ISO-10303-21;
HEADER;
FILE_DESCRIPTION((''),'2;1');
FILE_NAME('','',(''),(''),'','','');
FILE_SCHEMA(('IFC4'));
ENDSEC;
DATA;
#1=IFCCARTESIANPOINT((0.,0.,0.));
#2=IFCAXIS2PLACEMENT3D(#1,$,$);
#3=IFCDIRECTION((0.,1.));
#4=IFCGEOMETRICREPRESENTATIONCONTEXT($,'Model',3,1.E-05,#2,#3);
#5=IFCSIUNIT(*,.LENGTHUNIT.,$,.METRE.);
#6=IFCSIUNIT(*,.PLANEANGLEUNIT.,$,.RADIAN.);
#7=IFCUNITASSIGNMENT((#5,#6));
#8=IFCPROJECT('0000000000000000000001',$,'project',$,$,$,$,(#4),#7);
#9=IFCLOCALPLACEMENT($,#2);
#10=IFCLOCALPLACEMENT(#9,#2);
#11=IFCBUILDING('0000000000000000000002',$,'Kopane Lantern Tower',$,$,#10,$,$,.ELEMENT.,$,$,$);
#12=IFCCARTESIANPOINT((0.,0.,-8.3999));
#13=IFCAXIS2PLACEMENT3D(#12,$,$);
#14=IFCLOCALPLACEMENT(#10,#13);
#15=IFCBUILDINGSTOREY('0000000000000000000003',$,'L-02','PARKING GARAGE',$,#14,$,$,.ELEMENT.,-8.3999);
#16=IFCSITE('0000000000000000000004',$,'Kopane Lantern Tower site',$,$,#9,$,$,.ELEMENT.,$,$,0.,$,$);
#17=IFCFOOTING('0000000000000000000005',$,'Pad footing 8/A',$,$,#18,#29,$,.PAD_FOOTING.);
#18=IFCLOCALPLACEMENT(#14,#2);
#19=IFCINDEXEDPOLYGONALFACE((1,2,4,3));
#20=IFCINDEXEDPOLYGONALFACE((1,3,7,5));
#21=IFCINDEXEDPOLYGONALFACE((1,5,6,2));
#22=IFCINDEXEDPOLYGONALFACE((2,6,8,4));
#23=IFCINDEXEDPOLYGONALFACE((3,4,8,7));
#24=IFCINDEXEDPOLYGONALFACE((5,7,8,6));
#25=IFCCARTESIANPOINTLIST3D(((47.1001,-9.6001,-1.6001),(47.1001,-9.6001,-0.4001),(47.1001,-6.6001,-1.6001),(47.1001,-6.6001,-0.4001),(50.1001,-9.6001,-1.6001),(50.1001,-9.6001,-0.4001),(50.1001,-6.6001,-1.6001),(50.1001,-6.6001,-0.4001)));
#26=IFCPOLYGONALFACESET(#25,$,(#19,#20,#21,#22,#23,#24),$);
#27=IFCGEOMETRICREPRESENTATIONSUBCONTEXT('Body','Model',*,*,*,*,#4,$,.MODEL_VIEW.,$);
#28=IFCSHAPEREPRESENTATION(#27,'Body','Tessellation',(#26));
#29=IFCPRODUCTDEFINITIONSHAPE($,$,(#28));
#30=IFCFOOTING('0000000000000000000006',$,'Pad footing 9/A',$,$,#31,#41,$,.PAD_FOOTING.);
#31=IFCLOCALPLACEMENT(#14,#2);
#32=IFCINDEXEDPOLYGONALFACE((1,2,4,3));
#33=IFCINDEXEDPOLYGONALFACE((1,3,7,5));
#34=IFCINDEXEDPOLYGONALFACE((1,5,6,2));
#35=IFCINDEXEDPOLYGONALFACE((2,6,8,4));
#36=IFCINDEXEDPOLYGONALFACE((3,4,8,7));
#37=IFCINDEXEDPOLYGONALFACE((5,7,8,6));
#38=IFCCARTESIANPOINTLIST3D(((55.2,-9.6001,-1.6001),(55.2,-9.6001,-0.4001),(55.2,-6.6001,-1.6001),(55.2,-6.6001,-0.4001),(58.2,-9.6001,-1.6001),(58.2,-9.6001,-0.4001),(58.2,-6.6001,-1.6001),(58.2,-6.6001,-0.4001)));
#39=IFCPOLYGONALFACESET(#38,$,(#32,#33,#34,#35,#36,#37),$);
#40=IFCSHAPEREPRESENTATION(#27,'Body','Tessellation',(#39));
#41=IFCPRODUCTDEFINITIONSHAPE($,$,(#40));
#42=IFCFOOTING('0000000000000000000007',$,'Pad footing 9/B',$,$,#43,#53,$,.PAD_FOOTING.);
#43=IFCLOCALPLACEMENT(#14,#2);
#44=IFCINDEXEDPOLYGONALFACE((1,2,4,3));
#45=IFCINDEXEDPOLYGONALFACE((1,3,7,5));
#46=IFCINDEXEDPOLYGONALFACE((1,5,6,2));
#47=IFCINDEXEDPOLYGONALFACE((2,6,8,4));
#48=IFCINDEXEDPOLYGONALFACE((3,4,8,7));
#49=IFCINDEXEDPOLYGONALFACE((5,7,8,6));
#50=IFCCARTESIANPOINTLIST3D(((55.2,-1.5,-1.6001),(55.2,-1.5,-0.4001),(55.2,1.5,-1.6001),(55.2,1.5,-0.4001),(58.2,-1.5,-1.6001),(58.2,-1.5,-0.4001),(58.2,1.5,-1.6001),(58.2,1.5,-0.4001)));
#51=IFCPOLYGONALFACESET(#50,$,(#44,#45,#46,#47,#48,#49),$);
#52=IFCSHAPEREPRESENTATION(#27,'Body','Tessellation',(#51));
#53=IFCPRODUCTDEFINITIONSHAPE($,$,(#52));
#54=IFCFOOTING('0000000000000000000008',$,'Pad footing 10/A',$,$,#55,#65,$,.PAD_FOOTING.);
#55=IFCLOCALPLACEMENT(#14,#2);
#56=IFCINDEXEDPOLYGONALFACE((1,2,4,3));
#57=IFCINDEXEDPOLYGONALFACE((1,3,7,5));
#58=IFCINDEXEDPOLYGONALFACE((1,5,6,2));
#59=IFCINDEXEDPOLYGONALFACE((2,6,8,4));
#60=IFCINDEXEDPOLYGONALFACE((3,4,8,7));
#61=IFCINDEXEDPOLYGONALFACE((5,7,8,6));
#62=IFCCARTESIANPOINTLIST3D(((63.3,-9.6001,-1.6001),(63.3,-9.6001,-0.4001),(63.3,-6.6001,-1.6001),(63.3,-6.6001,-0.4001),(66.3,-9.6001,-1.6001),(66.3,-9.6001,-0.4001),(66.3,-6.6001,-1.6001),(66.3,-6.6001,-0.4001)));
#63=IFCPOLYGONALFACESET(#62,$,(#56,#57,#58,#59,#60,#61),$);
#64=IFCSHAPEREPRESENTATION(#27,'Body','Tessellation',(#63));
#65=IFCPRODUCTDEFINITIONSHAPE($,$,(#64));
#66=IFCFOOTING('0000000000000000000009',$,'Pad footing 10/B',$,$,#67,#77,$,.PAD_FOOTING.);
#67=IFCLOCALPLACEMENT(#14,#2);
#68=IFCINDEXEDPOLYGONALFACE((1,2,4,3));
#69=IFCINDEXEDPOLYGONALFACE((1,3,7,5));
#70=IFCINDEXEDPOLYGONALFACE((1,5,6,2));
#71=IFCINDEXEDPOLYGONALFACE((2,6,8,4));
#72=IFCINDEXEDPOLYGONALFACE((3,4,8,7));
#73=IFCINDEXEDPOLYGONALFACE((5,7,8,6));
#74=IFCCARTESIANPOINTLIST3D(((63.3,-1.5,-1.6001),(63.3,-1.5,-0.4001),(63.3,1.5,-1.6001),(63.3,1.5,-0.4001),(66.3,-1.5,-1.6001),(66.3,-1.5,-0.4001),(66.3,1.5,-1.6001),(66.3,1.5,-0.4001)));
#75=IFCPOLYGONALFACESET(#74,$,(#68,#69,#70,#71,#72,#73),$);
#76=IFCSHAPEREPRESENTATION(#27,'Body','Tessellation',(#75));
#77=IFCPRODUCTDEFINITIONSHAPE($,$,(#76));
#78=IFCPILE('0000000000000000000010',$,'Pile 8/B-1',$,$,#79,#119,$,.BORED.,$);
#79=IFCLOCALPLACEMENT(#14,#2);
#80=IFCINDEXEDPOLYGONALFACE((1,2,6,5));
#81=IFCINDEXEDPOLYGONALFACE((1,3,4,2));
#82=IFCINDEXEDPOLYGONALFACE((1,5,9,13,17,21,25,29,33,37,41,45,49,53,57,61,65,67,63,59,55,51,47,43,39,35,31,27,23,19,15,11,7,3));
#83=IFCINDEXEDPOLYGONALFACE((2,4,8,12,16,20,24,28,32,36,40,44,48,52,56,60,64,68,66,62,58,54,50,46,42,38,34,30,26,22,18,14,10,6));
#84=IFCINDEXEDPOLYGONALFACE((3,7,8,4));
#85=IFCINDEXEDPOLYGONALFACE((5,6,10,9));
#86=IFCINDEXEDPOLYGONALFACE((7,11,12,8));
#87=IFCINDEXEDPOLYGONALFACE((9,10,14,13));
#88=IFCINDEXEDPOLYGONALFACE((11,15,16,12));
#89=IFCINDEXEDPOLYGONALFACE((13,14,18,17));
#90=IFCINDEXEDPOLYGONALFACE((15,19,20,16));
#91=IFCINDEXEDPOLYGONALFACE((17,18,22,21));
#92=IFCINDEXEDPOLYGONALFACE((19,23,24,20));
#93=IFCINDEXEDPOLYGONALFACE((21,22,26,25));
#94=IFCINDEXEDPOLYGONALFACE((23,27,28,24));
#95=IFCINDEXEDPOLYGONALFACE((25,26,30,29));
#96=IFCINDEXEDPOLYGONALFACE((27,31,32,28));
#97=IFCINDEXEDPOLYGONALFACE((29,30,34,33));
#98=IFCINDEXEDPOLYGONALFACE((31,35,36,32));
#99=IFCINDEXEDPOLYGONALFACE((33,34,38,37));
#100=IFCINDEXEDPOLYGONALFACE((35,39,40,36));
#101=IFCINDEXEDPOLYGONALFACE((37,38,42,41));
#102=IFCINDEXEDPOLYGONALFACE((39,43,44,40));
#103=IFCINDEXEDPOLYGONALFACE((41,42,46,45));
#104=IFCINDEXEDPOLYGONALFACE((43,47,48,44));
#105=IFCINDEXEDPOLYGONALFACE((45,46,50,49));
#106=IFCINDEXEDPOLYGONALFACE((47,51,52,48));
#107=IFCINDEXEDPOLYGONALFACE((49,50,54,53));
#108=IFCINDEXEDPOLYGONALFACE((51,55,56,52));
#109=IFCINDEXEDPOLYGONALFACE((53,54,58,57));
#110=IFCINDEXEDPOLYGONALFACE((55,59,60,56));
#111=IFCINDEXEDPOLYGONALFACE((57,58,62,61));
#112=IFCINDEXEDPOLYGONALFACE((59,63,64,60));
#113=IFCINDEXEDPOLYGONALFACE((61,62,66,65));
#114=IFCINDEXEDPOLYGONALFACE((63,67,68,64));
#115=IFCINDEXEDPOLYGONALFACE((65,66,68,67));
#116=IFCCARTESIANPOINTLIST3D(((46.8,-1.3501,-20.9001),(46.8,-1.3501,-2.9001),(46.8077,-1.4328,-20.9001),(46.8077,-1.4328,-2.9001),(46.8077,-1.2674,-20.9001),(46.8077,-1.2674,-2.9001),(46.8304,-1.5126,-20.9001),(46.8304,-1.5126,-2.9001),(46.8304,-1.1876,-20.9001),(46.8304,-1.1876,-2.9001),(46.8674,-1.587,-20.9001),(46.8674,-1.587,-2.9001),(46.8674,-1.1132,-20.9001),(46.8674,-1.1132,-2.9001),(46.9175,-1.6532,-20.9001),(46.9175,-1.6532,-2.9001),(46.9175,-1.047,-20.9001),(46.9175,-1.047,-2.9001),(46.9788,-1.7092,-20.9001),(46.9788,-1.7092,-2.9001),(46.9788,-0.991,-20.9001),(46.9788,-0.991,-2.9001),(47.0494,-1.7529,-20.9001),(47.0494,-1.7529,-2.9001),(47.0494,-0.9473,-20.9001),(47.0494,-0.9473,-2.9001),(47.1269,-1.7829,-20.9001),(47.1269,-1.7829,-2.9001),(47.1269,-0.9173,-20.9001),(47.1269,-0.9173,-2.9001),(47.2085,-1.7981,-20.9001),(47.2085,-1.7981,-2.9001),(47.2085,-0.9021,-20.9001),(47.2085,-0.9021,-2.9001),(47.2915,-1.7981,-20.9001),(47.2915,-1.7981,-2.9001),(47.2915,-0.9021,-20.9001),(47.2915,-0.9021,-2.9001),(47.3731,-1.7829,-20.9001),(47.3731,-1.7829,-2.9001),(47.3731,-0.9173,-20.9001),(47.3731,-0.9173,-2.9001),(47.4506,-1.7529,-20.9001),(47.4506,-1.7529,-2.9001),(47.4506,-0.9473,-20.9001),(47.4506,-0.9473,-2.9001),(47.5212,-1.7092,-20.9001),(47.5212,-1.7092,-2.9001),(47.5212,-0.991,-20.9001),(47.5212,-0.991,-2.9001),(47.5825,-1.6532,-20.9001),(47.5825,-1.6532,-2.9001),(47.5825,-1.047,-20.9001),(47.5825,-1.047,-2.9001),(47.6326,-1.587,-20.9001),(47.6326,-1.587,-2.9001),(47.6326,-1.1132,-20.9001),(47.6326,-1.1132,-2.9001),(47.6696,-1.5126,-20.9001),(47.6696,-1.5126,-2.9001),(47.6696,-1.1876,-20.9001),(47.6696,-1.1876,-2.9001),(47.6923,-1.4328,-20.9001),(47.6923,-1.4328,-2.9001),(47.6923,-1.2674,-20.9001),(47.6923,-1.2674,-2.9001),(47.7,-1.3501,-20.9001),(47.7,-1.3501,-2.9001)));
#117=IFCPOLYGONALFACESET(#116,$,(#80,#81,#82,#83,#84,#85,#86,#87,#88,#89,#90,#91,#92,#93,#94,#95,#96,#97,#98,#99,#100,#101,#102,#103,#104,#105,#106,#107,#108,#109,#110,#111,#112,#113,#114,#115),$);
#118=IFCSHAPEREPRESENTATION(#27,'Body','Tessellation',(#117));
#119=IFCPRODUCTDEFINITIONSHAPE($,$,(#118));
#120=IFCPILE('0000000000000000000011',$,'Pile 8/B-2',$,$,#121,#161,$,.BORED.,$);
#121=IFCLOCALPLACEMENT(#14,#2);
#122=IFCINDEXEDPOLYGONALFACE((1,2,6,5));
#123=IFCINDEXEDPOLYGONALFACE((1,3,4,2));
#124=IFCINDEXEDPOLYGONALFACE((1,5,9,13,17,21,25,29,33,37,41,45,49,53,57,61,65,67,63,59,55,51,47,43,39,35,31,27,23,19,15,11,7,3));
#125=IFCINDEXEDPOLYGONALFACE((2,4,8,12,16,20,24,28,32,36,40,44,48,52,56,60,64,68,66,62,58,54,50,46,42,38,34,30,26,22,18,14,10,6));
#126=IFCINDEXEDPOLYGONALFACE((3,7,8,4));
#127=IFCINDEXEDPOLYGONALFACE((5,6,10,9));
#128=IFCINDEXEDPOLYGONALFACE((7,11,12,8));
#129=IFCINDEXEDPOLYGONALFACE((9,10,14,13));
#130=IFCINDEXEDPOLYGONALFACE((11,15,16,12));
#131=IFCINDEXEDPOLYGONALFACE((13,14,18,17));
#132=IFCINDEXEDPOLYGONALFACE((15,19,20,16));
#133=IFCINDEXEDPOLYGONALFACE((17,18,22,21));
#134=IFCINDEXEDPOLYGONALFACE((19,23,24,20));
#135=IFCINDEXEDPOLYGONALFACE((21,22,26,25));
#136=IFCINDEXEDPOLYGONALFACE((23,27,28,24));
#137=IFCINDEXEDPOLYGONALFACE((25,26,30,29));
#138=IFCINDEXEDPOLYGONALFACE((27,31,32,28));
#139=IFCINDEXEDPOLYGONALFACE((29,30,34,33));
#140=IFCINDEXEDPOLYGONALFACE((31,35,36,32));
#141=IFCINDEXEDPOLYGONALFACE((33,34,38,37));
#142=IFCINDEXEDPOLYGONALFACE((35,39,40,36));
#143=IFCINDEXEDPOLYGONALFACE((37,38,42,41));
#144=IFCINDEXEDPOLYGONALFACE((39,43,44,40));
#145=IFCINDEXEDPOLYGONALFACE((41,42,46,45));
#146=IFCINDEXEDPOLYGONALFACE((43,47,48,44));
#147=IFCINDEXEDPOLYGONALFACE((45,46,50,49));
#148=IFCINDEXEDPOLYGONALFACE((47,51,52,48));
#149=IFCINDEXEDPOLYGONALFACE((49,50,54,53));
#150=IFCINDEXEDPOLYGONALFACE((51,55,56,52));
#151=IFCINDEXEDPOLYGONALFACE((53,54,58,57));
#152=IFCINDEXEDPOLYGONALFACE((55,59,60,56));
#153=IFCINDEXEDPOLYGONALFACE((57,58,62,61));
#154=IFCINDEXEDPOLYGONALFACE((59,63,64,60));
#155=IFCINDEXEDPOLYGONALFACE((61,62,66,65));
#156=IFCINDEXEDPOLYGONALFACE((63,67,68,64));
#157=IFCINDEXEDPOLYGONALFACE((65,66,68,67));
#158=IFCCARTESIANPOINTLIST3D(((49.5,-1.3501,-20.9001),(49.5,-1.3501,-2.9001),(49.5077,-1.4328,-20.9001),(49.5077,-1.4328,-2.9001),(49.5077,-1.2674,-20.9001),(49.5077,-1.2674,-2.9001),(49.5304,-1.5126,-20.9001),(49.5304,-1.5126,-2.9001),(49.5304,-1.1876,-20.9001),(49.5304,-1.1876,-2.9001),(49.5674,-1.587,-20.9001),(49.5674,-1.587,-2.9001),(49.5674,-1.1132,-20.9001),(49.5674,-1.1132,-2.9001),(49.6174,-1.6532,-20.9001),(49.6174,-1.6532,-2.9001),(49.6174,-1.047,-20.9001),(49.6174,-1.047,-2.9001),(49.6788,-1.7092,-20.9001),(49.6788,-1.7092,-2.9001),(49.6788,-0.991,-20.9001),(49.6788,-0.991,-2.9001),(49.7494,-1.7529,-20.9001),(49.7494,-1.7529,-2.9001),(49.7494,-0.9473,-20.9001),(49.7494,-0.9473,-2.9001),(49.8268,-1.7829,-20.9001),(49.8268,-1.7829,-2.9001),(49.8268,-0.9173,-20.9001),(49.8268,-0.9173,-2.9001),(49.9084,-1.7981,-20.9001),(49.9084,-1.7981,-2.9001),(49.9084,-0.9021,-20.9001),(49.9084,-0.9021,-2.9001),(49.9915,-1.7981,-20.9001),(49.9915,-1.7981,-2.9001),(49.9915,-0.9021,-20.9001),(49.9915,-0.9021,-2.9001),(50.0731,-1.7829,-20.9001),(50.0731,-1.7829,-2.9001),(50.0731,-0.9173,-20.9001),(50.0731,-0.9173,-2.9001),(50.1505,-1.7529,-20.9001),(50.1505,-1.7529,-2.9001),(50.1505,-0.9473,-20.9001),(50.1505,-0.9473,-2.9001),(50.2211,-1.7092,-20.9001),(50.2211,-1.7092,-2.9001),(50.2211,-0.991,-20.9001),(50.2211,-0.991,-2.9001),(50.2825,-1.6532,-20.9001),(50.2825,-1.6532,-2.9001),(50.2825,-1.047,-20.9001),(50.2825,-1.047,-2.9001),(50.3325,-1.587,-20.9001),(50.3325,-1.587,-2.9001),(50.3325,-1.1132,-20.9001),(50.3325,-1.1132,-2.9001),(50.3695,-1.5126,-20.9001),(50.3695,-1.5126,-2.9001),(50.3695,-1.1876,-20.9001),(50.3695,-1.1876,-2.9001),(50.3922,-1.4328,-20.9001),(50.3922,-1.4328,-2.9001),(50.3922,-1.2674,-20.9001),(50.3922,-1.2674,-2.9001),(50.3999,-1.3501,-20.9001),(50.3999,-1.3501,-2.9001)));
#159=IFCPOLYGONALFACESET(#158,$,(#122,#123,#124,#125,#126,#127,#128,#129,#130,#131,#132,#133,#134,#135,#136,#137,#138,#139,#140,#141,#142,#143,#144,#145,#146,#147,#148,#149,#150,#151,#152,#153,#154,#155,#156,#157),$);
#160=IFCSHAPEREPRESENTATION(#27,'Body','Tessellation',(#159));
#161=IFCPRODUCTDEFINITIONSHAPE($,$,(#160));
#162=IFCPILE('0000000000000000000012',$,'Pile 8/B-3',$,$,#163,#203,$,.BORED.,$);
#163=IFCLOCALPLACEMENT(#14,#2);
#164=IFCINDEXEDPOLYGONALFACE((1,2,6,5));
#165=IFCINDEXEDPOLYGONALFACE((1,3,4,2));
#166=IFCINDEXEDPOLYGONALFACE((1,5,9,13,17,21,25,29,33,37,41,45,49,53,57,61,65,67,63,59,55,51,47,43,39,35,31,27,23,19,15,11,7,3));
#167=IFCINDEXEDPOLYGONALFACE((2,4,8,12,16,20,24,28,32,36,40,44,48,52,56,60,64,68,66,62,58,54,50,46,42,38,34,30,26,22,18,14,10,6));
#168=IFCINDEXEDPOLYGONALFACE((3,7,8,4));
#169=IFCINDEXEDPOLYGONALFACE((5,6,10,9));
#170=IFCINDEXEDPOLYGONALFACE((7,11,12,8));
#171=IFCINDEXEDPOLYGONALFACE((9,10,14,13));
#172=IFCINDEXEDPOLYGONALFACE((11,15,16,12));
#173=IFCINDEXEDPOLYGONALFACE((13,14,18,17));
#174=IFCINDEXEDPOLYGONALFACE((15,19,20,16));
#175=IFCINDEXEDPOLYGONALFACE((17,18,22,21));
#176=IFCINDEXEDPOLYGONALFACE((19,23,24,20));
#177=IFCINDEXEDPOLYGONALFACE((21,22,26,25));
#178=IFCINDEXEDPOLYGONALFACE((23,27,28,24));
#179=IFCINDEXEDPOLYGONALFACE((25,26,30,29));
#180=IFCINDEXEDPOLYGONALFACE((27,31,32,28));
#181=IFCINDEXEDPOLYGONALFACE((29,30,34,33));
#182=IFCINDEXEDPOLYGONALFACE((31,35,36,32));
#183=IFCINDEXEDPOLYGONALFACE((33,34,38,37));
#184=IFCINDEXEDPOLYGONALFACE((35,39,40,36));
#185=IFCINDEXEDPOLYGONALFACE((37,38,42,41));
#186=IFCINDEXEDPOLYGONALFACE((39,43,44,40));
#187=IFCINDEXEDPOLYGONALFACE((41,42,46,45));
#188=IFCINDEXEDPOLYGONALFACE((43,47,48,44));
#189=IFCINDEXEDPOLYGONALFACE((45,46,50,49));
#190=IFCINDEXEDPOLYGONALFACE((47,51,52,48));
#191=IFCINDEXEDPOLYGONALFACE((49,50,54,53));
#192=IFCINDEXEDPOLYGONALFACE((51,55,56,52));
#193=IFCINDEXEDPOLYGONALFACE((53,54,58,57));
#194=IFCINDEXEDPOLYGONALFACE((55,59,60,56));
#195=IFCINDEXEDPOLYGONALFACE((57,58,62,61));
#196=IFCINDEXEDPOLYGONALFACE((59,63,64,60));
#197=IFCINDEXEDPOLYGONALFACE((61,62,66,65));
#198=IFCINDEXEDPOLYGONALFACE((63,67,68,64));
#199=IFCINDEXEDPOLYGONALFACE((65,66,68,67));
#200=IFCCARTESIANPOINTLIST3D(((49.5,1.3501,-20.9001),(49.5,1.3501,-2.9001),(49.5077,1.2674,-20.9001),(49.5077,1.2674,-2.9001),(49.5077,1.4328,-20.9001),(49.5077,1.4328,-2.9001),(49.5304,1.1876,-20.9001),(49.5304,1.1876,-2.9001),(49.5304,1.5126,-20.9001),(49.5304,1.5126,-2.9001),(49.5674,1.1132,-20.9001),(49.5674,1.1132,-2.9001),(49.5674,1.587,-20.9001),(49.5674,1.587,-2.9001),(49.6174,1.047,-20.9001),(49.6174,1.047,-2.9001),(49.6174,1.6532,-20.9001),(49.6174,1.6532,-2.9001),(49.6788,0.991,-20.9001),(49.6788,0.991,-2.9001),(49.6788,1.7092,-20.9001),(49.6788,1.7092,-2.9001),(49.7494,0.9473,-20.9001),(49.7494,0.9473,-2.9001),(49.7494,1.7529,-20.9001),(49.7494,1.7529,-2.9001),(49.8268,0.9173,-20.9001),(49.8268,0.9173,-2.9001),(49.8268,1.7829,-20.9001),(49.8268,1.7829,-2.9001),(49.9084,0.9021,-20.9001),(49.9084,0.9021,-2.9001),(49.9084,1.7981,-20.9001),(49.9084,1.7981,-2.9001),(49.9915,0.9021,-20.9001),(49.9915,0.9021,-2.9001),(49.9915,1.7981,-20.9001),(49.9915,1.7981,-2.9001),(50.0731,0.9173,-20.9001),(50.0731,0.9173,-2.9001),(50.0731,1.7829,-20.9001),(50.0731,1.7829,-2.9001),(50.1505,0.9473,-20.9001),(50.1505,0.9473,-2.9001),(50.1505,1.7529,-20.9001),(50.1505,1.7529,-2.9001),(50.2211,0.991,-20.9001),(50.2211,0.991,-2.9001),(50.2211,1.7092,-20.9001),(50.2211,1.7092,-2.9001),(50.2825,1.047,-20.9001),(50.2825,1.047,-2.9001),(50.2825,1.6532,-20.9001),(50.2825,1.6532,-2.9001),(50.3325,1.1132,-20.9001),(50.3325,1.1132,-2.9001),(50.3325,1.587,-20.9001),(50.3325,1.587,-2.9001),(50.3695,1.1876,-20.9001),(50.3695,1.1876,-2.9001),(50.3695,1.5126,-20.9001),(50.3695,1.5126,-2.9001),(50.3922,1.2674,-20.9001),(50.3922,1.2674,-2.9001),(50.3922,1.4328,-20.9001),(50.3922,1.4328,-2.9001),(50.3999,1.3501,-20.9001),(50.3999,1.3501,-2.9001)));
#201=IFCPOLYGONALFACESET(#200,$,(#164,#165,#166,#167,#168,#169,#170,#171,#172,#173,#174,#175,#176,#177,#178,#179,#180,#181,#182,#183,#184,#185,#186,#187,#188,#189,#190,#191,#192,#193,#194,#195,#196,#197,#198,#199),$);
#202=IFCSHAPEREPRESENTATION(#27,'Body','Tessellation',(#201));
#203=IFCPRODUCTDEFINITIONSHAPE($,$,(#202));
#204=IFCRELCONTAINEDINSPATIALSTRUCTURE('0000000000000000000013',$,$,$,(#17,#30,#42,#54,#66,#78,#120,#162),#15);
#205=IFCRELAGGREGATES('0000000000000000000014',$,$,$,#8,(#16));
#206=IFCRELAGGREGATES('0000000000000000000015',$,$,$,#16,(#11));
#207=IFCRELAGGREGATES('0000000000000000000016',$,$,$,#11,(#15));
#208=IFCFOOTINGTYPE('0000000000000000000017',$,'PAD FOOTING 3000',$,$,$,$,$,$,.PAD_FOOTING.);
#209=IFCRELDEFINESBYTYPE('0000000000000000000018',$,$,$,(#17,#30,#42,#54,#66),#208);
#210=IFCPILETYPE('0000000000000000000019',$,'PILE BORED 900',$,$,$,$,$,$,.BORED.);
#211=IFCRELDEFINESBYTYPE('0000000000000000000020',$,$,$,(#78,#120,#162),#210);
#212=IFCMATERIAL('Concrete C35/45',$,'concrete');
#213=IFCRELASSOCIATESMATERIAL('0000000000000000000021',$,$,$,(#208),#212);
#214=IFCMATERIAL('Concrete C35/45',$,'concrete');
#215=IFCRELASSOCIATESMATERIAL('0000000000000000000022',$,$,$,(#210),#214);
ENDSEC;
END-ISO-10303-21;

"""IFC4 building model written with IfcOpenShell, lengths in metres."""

from ifc_helpers import new_model, si_unit, direction, frame, origin, origin_2d, place, context, subcontext, project, spatial, rectangle, circle, extrude, material, material_profile, profile_set, type_object, element, save


model = new_model("IFC4")

# Units and contexts
model_context = context("Model", 3, precision=1e-05, world=origin(), true_north=direction((0.0, 1.0)))
body_context = subcontext(model_context, "Body", "Model", "MODEL_VIEW")
ifc_project = project(units=[si_unit("LENGTHUNIT", "METRE"), si_unit("PLANEANGLEUNIT", "RADIAN")], contexts=[model_context])

# Site, building, storey
site_placement = place(None, origin())
site = spatial("IfcSite", under=ifc_project, at=site_placement, Name="Kopane Lantern Tower site", CompositionType="ELEMENT", RefElevation=0.0)
building_placement = place(site_placement, origin())
building = spatial("IfcBuilding", under=site, at=building_placement, Name="Kopane Lantern Tower", CompositionType="ELEMENT")
storey_placement = place(building_placement, frame((0.0, 0.0, -8.3999)))
storey = spatial("IfcBuildingStorey", under=building, at=storey_placement, Name="L-02", Description="PARKING GARAGE", CompositionType="ELEMENT", Elevation=-8.3999)

# Footings
ifc_material_1 = material(Name="Concrete C35/45", Category="concrete")
footing_type_1 = type_object("IfcFootingType", Name="PAD FOOTING 3000", PredefinedType="PAD_FOOTING", material=ifc_material_1)
for number, where, z_axis, x_axis, name in (
    (1, (48.6001, -8.1001, -1.6001), (0.0, 0.0, 1.0), (1.0, 0.0, 0.0), "Pad footing 8/A"),
    (2, (56.7, -8.1001, -1.6001), (0.0, 0.0, 1.0), (1.0, 0.0, 0.0), "Pad footing 9/A"),
    (3, (56.7, 0.0, -1.6001), (0.0, 0.0, 1.0), (1.0, 0.0, 0.0), "Pad footing 9/B"),
    (4, (64.8, -8.1001, -1.6001), (0.0, 0.0, 1.0), (1.0, 0.0, 0.0), "Pad footing 10/A"),
    (5, (64.8, 0.0, -1.6001), (0.0, 0.0, 1.0), (1.0, 0.0, 0.0), "Pad footing 10/B"),
):
    element("IfcFooting", number, at=place(storey_placement, frame(where, z_axis=z_axis, x_axis=x_axis)), inside=storey, type_object=footing_type_1, Name=name, PredefinedType="PAD_FOOTING", context=body_context, shape_type="SweptSolid", body=[
        extrude(rectangle(XDim=3.0, YDim=3.0, at=origin_2d()), origin(), (0.0, 0.0, 1.0), 1.2),
    ])

# Piles
ifc_material_2 = material(Name="Concrete C35/45", Category="concrete")
ifc_material_profile_1 = material_profile(ifc_material_2, circle(Radius=0.45, at=origin_2d()), Name="D900")
ifc_profile_set_1 = profile_set([ifc_material_profile_1], Name="Concrete C35/45")
pile_type = type_object("IfcPileType", Name="PILE BORED 900", PredefinedType="BORED", material=ifc_profile_set_1)
for number, where, z_axis, x_axis, name in (
    (6, (47.25, -1.3501, -2.9001), (0.0, 0.0, -1.0), (1.0, 0.0, 0.0), "Pile 8/B-1"),
    (7, (49.95, -1.3501, -2.9001), (0.0, 0.0, -1.0), (1.0, 0.0, 0.0), "Pile 8/B-2"),
    (8, (49.95, 1.3501, -2.9001), (0.0, 0.0, -1.0), (1.0, 0.0, 0.0), "Pile 8/B-3"),
):
    element("IfcPile", number, at=place(storey_placement, frame(where, z_axis=z_axis, x_axis=x_axis)), inside=storey, type_object=pile_type, Name=name, PredefinedType="BORED", context=body_context, shape_type="SweptSolid", body=[
        extrude(circle(Radius=0.45, at=origin_2d()), origin(), (0.0, 0.0, 1.0), 18.0),
    ])

save(model, "model.ifc")
